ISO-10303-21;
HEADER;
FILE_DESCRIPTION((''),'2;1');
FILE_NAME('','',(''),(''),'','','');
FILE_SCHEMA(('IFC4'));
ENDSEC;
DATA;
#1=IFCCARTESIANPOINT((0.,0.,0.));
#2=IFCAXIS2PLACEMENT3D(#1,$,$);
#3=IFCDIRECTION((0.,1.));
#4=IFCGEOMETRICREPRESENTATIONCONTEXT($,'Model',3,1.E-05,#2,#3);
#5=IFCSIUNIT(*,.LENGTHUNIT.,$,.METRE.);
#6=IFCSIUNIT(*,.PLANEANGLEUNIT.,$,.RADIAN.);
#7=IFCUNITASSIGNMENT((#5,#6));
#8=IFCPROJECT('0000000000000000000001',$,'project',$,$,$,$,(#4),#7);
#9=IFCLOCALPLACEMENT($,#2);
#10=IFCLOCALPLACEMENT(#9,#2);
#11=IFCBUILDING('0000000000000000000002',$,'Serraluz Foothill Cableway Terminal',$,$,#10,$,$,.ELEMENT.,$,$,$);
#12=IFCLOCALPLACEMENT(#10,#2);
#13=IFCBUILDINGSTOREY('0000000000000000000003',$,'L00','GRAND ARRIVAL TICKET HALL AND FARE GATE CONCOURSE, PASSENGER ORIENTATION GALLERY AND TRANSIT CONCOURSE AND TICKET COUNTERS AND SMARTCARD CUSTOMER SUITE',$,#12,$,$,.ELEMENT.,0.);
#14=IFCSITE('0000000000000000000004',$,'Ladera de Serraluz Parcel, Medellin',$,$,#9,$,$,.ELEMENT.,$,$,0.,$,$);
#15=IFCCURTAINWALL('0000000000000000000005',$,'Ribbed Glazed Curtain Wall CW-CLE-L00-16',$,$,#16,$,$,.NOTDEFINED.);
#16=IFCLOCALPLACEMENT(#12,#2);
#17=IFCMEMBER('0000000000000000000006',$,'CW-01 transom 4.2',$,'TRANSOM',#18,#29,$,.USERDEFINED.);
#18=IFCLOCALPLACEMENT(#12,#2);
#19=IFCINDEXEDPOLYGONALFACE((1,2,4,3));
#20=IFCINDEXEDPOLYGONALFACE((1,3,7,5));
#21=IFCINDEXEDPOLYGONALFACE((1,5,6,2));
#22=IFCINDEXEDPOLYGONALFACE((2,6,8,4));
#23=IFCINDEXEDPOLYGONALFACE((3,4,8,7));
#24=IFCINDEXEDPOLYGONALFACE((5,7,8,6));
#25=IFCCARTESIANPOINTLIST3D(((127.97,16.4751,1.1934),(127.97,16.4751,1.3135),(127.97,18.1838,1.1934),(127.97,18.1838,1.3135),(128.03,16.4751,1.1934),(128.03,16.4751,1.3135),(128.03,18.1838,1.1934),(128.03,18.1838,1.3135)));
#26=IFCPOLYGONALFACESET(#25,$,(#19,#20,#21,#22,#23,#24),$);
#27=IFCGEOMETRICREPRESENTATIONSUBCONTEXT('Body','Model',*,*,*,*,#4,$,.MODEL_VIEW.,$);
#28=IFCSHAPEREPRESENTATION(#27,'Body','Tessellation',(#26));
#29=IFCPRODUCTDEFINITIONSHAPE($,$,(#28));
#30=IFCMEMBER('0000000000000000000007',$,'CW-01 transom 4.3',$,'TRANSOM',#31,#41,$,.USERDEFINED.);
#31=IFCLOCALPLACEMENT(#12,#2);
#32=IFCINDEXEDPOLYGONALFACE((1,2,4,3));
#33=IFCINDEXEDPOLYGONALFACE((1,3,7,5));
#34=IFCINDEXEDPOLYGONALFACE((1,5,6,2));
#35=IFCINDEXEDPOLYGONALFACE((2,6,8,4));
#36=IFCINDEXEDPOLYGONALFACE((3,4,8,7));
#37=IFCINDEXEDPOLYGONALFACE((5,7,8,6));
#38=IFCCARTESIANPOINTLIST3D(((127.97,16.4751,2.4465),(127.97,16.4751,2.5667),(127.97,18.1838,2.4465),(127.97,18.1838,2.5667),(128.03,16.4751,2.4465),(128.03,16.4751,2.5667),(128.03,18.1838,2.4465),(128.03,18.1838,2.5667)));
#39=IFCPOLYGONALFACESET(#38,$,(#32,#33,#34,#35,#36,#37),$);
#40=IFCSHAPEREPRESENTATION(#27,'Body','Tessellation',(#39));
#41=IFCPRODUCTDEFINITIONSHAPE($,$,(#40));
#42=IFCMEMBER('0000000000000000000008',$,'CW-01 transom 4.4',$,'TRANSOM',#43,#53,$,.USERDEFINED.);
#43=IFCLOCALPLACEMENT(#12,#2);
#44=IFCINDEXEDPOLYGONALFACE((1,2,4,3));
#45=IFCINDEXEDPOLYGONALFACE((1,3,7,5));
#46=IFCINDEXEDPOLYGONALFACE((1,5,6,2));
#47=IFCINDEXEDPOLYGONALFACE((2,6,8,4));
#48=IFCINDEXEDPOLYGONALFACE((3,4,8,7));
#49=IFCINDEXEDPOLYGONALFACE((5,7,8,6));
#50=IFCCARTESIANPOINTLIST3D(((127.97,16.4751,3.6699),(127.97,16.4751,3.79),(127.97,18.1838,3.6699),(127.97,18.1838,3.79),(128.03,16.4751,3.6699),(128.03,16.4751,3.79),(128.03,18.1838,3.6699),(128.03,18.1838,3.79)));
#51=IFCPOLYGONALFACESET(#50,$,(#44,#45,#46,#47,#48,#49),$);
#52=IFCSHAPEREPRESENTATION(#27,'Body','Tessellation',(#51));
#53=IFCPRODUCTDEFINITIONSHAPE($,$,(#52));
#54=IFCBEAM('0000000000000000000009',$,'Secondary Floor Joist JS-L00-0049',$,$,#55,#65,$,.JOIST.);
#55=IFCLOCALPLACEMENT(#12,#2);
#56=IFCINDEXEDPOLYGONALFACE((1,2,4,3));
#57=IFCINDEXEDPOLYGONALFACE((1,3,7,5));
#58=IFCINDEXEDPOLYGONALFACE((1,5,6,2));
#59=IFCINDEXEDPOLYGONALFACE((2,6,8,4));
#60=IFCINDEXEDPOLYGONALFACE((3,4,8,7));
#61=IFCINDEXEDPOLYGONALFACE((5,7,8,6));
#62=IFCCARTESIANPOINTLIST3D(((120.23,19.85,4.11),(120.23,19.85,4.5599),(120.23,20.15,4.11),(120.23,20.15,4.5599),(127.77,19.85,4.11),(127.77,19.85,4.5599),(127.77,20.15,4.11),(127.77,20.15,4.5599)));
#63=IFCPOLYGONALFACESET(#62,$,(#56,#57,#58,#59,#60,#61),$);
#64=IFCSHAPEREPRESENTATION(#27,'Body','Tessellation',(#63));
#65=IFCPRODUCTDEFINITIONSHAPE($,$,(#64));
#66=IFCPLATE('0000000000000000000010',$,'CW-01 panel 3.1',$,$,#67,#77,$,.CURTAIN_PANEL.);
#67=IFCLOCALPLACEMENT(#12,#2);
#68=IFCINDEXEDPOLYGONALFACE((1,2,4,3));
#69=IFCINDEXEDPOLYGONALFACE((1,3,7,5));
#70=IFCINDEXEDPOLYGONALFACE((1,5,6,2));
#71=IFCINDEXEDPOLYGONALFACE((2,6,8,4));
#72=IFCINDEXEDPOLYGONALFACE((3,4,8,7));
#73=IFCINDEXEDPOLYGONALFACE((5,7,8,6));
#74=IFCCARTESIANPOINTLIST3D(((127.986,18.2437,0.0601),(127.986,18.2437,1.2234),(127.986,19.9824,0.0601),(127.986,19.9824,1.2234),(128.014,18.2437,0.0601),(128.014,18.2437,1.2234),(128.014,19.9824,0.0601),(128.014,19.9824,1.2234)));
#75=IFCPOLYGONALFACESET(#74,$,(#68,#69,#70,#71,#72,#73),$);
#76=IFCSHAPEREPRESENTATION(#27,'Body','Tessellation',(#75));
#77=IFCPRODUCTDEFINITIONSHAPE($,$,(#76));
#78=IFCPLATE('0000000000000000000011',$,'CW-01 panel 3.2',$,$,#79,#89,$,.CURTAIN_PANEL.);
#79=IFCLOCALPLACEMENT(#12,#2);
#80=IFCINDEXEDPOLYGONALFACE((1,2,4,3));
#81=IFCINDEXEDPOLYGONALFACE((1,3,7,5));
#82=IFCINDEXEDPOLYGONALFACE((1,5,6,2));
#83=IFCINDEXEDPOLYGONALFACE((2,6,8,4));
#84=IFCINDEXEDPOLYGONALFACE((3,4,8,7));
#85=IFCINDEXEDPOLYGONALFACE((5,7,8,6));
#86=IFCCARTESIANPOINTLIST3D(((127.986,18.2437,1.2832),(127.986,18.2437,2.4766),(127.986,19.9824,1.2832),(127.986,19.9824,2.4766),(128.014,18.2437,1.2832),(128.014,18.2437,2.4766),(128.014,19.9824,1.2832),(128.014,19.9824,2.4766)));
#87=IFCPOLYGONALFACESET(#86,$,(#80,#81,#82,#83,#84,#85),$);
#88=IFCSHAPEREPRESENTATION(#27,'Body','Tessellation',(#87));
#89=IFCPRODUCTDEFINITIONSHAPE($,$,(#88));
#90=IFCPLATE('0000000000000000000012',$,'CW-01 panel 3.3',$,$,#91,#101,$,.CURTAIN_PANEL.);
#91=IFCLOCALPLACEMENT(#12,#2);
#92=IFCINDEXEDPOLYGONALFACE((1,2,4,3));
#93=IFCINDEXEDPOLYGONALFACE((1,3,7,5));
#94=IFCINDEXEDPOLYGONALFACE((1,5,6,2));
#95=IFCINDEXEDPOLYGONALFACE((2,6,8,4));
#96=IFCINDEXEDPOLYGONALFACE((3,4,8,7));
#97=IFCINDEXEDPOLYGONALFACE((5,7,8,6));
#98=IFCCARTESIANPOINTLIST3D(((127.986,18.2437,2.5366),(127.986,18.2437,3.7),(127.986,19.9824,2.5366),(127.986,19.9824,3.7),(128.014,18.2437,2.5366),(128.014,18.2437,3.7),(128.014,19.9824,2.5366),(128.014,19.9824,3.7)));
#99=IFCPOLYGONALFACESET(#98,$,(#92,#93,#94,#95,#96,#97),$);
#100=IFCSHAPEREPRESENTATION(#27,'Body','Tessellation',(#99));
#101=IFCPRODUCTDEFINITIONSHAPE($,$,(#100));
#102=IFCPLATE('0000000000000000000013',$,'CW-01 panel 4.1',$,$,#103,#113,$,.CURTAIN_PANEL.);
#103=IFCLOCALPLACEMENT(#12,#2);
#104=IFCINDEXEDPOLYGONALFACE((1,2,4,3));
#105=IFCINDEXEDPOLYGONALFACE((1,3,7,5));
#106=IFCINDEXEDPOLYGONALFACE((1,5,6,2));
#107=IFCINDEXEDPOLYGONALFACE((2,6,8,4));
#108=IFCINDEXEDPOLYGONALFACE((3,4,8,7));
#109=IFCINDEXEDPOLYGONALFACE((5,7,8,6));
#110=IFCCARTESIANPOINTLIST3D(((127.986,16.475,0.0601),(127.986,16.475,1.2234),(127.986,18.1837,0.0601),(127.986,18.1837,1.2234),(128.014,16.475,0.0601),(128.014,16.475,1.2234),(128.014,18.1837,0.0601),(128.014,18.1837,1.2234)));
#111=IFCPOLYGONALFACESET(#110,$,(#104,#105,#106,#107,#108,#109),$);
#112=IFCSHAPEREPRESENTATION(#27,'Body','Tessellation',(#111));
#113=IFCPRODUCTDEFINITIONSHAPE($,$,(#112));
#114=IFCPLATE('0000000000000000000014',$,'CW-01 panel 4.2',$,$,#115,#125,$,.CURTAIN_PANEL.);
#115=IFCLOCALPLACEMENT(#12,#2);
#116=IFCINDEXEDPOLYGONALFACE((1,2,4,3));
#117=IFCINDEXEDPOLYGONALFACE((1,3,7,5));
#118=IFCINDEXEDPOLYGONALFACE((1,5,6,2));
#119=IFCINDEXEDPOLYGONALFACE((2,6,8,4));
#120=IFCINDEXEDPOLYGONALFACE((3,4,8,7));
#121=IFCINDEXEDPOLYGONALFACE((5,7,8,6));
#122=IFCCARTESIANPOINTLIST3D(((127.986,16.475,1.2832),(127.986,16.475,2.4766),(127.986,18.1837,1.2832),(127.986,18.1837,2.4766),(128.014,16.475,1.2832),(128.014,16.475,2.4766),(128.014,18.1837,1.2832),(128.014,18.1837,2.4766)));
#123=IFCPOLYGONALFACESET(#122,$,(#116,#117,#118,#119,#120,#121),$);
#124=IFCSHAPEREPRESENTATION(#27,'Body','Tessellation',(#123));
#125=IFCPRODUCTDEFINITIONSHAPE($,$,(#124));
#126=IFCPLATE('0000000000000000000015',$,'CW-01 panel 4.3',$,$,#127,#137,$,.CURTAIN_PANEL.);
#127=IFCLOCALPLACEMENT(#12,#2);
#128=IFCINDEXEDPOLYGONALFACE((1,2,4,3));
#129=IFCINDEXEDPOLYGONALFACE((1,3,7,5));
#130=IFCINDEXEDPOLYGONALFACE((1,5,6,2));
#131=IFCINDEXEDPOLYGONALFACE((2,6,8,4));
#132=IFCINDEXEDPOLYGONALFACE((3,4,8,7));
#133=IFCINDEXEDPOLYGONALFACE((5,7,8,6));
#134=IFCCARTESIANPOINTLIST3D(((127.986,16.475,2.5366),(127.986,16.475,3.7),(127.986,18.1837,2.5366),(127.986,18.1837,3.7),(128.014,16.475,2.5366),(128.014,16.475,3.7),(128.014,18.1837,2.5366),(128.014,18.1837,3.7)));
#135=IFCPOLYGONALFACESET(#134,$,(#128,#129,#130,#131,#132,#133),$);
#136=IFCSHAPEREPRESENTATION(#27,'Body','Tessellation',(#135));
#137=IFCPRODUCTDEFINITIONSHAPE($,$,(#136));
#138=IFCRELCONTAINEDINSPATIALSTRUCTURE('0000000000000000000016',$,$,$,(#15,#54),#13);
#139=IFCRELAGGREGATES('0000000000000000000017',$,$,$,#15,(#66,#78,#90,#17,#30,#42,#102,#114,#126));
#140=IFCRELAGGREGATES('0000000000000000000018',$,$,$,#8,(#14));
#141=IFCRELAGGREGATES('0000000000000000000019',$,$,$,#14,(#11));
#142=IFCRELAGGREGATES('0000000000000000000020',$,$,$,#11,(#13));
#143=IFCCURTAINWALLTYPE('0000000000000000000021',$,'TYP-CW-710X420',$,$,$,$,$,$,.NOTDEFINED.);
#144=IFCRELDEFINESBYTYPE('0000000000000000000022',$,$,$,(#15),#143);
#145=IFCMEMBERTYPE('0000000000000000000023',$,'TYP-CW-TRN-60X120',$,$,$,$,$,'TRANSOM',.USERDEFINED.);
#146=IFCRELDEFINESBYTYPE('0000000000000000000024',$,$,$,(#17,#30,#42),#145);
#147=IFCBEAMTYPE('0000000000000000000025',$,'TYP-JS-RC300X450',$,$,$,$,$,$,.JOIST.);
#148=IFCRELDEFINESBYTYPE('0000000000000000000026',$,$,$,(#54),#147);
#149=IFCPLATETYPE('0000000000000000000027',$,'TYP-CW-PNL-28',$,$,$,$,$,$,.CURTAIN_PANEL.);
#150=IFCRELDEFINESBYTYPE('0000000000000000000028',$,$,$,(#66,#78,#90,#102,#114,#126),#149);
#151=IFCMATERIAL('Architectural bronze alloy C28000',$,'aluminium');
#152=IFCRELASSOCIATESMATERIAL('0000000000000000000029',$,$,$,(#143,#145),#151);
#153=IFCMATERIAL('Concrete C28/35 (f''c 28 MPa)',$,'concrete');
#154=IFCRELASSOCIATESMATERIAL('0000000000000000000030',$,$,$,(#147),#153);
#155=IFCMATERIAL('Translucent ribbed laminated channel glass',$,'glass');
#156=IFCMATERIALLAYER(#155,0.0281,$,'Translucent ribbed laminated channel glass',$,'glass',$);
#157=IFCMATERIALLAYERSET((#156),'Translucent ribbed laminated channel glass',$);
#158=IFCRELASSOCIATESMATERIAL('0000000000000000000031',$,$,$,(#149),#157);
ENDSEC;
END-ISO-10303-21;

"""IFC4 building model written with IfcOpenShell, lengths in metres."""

from ifc_helpers import new_model, si_unit, direction, frame, origin, origin_2d, place, context, subcontext, project, spatial, rectangle, extrude, material, layer, layer_set, material_profile, profile_set, type_object, element, aggregate, save


model = new_model("IFC4")

# Units and contexts
model_context = context("Model", 3, precision=1e-05, world=origin(), true_north=direction((0.0, 1.0)))
body_context = subcontext(model_context, "Body", "Model", "MODEL_VIEW")
ifc_project = project(units=[si_unit("LENGTHUNIT", "METRE"), si_unit("PLANEANGLEUNIT", "RADIAN")], contexts=[model_context])

# Site, building, storey
site_placement = place(None, origin())
site = spatial("IfcSite", under=ifc_project, at=site_placement, Name="Ladera de Serraluz Parcel, Medellin", CompositionType="ELEMENT", RefElevation=0.0)
building_placement = place(site_placement, origin())
building = spatial("IfcBuilding", under=site, at=building_placement, Name="Serraluz Foothill Cableway Terminal", CompositionType="ELEMENT")
storey_placement = place(building_placement, origin())
storey = spatial("IfcBuildingStorey", under=building, at=storey_placement, Name="L00", Description="GRAND ARRIVAL TICKET HALL AND FARE GATE CONCOURSE, PASSENGER ORIENTATION GALLERY AND TRANSIT CONCOURSE AND TICKET COUNTERS AND SMARTCARD CUSTOMER SUITE", CompositionType="ELEMENT", Elevation=0.0)

# Shared definitions
ifc_material_1 = material(Name="Concrete C28/35 (f'c 28 MPa)", Category="concrete")

# Curtain wall, members
ifc_material_2 = material(Name="Architectural bronze alloy C28000", Category="aluminium")
curtain_wall_type = type_object("IfcCurtainWallType", Name="TYP-CW-710X420", PredefinedType="NOTDEFINED", material=ifc_material_2)
curtain_wall_placement = place(storey_placement, origin())
curtain_wall = element("IfcCurtainWall", 1, at=curtain_wall_placement, inside=storey, type_object=curtain_wall_type, Name="Ribbed Glazed Curtain Wall CW-CLE-L00-16", PredefinedType="NOTDEFINED")
ifc_material_profile_1 = material_profile(ifc_material_2, rectangle(XDim=0.0601, YDim=0.1201, at=origin_2d()), Name="ALU TRANSOM 60x120")
ifc_profile_set_1 = profile_set([ifc_material_profile_1], Name="Architectural bronze alloy C28000")
member_type_1 = type_object("IfcMemberType", Name="TYP-CW-TRN-60X120", ElementType="TRANSOM", PredefinedType="USERDEFINED", material=ifc_profile_set_1)
member_1_placement = place(storey_placement, frame((128.0, 18.1838, 1.2534), z_axis=(0.0, -1.0, 0.0), x_axis=(1.0, 0.0, 0.0)))
member_1 = element("IfcMember", 2, at=member_1_placement, type_object=member_type_1, Name="CW-01 transom 4.2", ObjectType="TRANSOM", PredefinedType="USERDEFINED", context=body_context, shape_type="SweptSolid", body=[
    extrude(rectangle(XDim=0.0601, YDim=0.1201, at=origin_2d()), origin(), (0.0, 0.0, 1.0), 1.7087),
])
member_2_placement = place(storey_placement, frame((128.0, 18.1838, 2.5066), z_axis=(0.0, -1.0, 0.0), x_axis=(1.0, 0.0, 0.0)))
member_2 = element("IfcMember", 3, at=member_2_placement, type_object=member_type_1, Name="CW-01 transom 4.3", ObjectType="TRANSOM", PredefinedType="USERDEFINED", context=body_context, shape_type="SweptSolid", body=[
    extrude(rectangle(XDim=0.0601, YDim=0.1201, at=origin_2d()), origin(), (0.0, 0.0, 1.0), 1.7087),
])
member_3_placement = place(storey_placement, frame((128.0, 18.1838, 3.73), z_axis=(0.0, -1.0, 0.0), x_axis=(1.0, 0.0, 0.0)))
member_3 = element("IfcMember", 4, at=member_3_placement, type_object=member_type_1, Name="CW-01 transom 4.4", ObjectType="TRANSOM", PredefinedType="USERDEFINED", context=body_context, shape_type="SweptSolid", body=[
    extrude(rectangle(XDim=0.0601, YDim=0.1201, at=origin_2d()), origin(), (0.0, 0.0, 1.0), 1.7087),
])

# Beam
ifc_material_profile_2 = material_profile(ifc_material_1, rectangle(XDim=0.3, YDim=0.45, at=origin_2d()), Name="RC 300x450")
ifc_profile_set_2 = profile_set([ifc_material_profile_2], Name="Concrete C28/35 (f'c 28 MPa)")
beam_type = type_object("IfcBeamType", Name="TYP-JS-RC300X450", PredefinedType="JOIST", material=ifc_profile_set_2)
beam_placement = place(storey_placement, frame((120.23, 20.0, 4.335), z_axis=(1.0, 0.0, 0.0), x_axis=(0.0, 1.0, 0.0)))
element("IfcBeam", 5, at=beam_placement, inside=storey, type_object=beam_type, Name="Secondary Floor Joist JS-L00-0049", PredefinedType="JOIST", context=body_context, shape_type="SweptSolid", body=[
    extrude(rectangle(XDim=0.3, YDim=0.45, at=origin_2d()), origin(), (0.0, 0.0, 1.0), 7.54),
])

# Plates
ifc_material_3 = material(Name="Translucent ribbed laminated channel glass", Category="glass")
ifc_layer = layer(ifc_material_3, 0.0281, Name="Translucent ribbed laminated channel glass", Category="glass")
ifc_layer_set = layer_set([ifc_layer], Name="Translucent ribbed laminated channel glass")
plate_type = type_object("IfcPlateType", Name="TYP-CW-PNL-28", PredefinedType="CURTAIN_PANEL", material=ifc_layer_set)
plate_1_placement = place(storey_placement, frame((128.0, 19.113, 0.0601), z_axis=(0.0, 0.0, 1.0), x_axis=(0.0, -1.0, 0.0)))
plate_1 = element("IfcPlate", 6, at=plate_1_placement, type_object=plate_type, Name="CW-01 panel 3.1", PredefinedType="CURTAIN_PANEL", context=body_context, shape_type="SweptSolid", body=[
    extrude(rectangle(XDim=1.7388, YDim=0.0281, at=origin_2d()), origin(), (0.0, 0.0, 1.0), 1.1633),
])
plate_2_placement = place(storey_placement, frame((128.0, 19.113, 1.2832), z_axis=(0.0, 0.0, 1.0), x_axis=(0.0, -1.0, 0.0)))
plate_2 = element("IfcPlate", 7, at=plate_2_placement, type_object=plate_type, Name="CW-01 panel 3.2", PredefinedType="CURTAIN_PANEL", context=body_context, shape_type="SweptSolid", body=[
    extrude(rectangle(XDim=1.7388, YDim=0.0281, at=origin_2d()), origin(), (0.0, 0.0, 1.0), 1.1934),
])
plate_3_placement = place(storey_placement, frame((128.0, 19.113, 2.5366), z_axis=(0.0, 0.0, 1.0), x_axis=(0.0, -1.0, 0.0)))
plate_3 = element("IfcPlate", 8, at=plate_3_placement, type_object=plate_type, Name="CW-01 panel 3.3", PredefinedType="CURTAIN_PANEL", context=body_context, shape_type="SweptSolid", body=[
    extrude(rectangle(XDim=1.7388, YDim=0.0281, at=origin_2d()), origin(), (0.0, 0.0, 1.0), 1.1633),
])
plate_4_placement = place(storey_placement, frame((128.0, 17.3293, 0.0601), z_axis=(0.0, 0.0, 1.0), x_axis=(0.0, -1.0, 0.0)))
plate_4 = element("IfcPlate", 9, at=plate_4_placement, type_object=plate_type, Name="CW-01 panel 4.1", PredefinedType="CURTAIN_PANEL", context=body_context, shape_type="SweptSolid", body=[
    extrude(rectangle(XDim=1.7087, YDim=0.0281, at=origin_2d()), origin(), (0.0, 0.0, 1.0), 1.1633),
])
plate_5_placement = place(storey_placement, frame((128.0, 17.3293, 1.2832), z_axis=(0.0, 0.0, 1.0), x_axis=(0.0, -1.0, 0.0)))
plate_5 = element("IfcPlate", 10, at=plate_5_placement, type_object=plate_type, Name="CW-01 panel 4.2", PredefinedType="CURTAIN_PANEL", context=body_context, shape_type="SweptSolid", body=[
    extrude(rectangle(XDim=1.7087, YDim=0.0281, at=origin_2d()), origin(), (0.0, 0.0, 1.0), 1.1934),
])
plate_6_placement = place(storey_placement, frame((128.0, 17.3293, 2.5366), z_axis=(0.0, 0.0, 1.0), x_axis=(0.0, -1.0, 0.0)))
plate_6 = element("IfcPlate", 11, at=plate_6_placement, type_object=plate_type, Name="CW-01 panel 4.3", PredefinedType="CURTAIN_PANEL", context=body_context, shape_type="SweptSolid", body=[
    extrude(rectangle(XDim=1.7087, YDim=0.0281, at=origin_2d()), origin(), (0.0, 0.0, 1.0), 1.1633),
])
aggregate(curtain_wall, [plate_1, plate_2, plate_3, member_1, member_2, member_3, plate_4, plate_5, plate_6])

save(model, "model.ifc")
